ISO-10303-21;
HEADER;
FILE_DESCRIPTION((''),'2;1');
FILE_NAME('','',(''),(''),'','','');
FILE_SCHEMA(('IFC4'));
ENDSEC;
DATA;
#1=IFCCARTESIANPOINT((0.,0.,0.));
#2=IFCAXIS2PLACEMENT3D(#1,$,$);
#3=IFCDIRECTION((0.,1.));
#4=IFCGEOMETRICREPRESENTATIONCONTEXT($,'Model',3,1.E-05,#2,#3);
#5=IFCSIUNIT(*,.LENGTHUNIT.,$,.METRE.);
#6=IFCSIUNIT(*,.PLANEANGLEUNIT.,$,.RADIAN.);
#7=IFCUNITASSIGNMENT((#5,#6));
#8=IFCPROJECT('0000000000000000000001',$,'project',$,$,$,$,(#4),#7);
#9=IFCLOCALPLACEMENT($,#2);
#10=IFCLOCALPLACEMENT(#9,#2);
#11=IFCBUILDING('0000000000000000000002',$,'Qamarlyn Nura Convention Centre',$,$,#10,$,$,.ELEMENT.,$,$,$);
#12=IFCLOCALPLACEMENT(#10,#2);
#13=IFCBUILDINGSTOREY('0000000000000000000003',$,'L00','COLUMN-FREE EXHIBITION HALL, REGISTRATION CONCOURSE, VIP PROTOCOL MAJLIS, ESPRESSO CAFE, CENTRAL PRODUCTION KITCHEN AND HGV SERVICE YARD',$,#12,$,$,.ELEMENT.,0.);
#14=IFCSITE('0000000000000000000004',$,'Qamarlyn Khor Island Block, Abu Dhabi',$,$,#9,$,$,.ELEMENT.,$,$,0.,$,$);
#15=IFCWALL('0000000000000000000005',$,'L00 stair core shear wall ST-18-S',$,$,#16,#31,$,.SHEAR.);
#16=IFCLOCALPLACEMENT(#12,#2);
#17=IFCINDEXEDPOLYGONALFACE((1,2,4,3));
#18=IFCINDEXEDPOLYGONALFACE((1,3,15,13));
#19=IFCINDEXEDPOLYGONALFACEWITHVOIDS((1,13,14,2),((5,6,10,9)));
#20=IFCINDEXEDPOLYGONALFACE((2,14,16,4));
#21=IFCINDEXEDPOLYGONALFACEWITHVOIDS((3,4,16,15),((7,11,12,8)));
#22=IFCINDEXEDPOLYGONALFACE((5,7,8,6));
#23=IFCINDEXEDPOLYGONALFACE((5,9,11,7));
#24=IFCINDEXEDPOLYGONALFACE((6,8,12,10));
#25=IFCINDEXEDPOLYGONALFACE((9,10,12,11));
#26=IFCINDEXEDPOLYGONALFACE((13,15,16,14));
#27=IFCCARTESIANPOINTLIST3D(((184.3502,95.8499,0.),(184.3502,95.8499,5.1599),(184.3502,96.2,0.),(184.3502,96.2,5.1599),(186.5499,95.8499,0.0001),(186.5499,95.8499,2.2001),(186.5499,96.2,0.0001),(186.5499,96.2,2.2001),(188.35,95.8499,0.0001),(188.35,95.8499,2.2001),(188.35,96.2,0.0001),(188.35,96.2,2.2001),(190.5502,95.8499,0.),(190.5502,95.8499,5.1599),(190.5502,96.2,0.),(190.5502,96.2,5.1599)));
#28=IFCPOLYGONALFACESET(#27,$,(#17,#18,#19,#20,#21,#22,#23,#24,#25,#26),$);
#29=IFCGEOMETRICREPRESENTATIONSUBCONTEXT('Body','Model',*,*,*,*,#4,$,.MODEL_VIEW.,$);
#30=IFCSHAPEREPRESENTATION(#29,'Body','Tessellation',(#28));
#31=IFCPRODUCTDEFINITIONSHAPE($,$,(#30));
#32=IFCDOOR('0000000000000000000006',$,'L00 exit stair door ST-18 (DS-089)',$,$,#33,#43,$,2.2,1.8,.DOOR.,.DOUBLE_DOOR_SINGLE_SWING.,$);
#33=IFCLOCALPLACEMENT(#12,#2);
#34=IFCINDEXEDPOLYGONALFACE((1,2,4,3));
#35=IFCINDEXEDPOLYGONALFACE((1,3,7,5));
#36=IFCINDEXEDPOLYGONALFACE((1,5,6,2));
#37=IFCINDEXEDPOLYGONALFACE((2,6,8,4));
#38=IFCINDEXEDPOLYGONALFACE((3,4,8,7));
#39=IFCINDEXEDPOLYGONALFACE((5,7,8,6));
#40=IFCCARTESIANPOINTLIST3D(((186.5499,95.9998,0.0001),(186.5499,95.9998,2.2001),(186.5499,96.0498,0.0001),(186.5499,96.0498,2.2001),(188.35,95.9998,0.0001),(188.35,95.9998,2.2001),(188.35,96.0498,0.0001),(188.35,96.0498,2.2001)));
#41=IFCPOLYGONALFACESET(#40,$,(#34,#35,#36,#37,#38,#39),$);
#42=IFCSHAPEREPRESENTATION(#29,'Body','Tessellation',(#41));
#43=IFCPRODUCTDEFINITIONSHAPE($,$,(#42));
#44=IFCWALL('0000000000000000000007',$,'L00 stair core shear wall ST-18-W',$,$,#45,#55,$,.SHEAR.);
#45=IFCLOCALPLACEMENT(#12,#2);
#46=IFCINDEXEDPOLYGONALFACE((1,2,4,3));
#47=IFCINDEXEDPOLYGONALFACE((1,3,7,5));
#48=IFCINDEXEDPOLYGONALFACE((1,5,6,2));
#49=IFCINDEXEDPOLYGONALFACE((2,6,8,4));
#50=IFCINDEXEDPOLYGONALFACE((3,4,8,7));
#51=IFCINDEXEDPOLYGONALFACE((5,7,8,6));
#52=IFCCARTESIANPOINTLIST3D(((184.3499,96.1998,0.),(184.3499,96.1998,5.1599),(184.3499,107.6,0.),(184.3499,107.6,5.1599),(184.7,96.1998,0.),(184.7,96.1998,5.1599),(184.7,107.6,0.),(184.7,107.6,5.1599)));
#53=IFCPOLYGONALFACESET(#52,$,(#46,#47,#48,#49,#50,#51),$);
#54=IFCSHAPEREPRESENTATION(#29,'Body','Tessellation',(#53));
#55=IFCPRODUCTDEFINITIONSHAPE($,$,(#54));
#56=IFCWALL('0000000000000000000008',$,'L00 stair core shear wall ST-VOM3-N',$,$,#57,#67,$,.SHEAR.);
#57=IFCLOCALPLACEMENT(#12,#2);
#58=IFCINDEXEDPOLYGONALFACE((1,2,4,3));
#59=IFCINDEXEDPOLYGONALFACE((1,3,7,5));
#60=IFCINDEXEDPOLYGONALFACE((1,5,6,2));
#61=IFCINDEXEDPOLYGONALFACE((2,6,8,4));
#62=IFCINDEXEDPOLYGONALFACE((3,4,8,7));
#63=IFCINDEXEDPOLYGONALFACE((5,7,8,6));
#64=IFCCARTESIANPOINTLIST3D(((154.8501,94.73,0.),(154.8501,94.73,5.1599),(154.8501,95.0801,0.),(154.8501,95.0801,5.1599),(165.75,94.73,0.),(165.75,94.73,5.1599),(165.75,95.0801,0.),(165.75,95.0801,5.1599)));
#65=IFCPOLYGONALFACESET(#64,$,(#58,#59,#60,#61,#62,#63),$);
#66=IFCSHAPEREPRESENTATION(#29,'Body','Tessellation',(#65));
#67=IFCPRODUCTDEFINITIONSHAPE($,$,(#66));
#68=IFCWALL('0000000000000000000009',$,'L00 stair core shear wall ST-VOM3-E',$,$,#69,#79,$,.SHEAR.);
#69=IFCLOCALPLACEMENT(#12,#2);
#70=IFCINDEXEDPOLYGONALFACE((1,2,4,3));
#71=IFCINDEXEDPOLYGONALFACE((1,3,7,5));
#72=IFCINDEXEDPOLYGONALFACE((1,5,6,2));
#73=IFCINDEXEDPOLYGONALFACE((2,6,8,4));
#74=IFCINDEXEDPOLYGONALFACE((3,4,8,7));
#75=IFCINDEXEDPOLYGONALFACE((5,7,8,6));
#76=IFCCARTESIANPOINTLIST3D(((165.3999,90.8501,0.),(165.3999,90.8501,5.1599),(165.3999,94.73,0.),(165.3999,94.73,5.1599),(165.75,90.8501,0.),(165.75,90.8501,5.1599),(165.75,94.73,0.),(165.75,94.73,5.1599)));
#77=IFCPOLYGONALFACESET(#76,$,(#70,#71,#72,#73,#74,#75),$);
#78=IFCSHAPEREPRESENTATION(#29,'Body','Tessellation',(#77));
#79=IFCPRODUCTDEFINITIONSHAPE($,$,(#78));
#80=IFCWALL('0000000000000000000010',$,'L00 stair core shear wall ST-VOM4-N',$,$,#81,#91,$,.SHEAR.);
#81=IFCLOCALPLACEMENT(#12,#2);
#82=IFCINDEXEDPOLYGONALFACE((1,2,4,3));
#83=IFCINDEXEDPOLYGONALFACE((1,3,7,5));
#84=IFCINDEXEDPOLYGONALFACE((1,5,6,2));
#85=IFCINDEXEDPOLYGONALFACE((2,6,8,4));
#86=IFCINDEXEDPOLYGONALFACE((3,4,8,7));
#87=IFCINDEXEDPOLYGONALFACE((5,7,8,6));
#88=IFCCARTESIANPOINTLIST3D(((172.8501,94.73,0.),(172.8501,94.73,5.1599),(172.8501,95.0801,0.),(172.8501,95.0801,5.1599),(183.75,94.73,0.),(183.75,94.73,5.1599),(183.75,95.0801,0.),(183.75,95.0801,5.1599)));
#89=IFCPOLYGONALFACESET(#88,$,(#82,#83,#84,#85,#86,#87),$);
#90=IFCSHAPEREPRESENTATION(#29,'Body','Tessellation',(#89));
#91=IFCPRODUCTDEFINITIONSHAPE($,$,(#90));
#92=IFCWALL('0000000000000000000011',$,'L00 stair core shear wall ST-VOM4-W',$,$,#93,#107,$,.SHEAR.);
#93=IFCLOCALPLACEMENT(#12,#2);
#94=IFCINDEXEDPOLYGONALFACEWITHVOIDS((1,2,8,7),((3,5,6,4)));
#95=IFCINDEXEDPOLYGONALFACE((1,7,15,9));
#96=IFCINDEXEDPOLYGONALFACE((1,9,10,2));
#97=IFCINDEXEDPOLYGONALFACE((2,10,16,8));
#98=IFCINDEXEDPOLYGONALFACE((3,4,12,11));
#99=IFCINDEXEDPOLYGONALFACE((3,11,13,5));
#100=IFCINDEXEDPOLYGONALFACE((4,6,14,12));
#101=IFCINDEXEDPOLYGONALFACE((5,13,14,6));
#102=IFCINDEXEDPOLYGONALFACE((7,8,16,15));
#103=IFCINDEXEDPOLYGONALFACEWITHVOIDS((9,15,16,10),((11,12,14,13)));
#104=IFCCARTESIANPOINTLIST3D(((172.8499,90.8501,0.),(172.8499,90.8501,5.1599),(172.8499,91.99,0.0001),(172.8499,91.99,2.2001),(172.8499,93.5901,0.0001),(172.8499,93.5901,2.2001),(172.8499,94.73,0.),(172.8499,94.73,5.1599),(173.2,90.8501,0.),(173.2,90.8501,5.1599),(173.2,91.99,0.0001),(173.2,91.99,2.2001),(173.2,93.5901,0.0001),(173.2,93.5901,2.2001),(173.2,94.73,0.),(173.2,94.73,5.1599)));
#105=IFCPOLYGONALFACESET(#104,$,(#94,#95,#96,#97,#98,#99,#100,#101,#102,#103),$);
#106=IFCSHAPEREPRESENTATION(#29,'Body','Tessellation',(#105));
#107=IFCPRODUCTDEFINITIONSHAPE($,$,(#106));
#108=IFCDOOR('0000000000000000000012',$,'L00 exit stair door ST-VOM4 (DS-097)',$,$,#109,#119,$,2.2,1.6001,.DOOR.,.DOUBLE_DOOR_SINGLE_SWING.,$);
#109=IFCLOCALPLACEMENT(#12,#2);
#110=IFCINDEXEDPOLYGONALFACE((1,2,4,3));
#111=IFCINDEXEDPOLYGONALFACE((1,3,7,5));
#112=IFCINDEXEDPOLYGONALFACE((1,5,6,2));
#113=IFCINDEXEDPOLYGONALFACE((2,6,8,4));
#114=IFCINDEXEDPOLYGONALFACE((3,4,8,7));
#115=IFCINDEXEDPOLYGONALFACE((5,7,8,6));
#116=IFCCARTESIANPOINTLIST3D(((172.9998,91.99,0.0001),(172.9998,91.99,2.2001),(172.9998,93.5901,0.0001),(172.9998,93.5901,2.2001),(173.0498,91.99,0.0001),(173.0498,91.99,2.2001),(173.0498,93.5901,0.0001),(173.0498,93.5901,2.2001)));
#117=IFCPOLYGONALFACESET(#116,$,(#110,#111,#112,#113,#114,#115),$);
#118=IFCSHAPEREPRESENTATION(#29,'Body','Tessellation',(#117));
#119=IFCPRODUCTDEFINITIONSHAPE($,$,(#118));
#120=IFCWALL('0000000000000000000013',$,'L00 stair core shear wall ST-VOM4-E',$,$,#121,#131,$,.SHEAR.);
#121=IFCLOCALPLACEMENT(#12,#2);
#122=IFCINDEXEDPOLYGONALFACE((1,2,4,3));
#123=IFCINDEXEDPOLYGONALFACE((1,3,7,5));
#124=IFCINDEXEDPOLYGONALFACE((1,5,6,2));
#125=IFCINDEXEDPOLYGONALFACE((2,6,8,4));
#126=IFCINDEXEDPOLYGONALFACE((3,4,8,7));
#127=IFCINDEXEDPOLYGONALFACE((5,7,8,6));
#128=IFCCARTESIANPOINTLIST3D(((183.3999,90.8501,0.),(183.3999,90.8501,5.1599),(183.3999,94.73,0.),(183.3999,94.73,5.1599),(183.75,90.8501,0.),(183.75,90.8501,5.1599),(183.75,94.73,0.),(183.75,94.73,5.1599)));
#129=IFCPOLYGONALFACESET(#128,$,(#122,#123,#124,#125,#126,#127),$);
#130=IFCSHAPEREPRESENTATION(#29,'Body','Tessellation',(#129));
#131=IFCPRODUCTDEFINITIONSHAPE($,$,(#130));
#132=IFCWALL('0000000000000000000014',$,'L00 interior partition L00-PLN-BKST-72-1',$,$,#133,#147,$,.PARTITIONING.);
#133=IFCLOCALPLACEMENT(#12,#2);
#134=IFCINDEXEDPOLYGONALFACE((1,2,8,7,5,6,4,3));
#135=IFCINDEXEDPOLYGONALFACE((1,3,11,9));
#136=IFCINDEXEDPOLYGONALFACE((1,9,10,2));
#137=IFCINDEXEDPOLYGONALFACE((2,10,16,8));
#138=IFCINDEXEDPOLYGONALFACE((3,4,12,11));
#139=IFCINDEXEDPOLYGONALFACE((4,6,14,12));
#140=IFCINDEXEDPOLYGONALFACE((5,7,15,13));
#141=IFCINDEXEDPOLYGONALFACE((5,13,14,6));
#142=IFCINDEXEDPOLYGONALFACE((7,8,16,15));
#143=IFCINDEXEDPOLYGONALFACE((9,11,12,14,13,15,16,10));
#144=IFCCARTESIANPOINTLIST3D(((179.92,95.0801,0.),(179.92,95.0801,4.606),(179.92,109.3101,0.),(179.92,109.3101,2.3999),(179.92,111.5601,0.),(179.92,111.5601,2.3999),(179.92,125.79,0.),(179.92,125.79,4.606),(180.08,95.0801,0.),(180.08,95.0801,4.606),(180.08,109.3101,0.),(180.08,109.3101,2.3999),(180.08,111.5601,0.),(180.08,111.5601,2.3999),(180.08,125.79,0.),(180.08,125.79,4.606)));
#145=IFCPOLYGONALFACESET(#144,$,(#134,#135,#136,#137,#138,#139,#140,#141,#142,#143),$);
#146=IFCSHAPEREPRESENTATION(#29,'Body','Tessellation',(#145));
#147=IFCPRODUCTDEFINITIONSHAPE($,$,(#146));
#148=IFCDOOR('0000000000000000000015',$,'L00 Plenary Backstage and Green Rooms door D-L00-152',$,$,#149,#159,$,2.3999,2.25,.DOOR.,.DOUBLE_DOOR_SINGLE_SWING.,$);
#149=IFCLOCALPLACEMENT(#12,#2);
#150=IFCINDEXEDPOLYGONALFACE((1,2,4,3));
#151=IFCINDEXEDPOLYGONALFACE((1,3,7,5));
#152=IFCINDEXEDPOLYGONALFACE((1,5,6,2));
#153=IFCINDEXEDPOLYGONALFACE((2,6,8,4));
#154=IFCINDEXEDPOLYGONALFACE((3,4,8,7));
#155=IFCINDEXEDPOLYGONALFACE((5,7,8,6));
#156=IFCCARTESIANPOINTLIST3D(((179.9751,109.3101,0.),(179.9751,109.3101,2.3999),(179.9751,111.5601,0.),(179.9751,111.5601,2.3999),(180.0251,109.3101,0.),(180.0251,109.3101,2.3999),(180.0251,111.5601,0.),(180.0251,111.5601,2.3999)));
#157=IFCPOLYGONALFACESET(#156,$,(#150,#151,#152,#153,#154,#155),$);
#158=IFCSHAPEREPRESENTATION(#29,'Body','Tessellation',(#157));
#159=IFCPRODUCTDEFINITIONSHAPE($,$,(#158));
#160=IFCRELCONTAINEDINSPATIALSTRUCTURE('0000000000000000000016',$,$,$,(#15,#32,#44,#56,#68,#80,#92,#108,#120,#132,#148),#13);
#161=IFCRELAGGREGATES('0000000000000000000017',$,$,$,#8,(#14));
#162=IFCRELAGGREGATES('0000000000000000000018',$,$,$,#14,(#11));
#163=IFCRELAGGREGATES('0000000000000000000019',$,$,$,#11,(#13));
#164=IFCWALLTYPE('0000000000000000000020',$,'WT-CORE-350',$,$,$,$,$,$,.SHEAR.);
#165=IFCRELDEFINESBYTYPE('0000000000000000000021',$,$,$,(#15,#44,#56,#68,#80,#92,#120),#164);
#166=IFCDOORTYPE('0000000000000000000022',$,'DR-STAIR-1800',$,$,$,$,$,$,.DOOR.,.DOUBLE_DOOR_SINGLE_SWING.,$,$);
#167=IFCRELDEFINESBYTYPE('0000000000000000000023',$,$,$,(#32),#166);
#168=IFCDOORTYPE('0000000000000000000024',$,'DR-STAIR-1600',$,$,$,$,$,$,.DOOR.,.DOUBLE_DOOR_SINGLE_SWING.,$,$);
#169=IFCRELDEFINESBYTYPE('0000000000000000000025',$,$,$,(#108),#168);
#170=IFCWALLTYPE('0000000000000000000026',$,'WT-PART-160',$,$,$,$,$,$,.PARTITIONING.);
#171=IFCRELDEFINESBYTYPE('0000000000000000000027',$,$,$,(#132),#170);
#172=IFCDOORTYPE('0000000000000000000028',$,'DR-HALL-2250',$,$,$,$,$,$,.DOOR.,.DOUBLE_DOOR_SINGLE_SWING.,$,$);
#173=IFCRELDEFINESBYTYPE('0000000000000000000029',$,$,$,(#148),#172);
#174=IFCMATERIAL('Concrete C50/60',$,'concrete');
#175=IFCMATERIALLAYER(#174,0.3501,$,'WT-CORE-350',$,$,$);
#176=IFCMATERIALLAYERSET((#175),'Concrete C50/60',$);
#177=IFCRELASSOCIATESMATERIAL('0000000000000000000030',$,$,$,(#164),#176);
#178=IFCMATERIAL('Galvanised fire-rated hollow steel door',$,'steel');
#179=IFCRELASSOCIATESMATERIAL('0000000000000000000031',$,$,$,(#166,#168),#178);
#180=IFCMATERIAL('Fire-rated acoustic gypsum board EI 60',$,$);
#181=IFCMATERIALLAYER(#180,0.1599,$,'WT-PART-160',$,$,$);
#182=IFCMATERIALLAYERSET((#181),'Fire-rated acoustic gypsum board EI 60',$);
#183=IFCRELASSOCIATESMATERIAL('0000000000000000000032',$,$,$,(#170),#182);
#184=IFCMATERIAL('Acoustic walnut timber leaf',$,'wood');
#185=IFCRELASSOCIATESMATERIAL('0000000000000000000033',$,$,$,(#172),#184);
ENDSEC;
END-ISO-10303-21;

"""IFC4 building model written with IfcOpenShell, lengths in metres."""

from ifc_helpers import new_model, si_unit, direction, frame, frame_2d, origin, place, context, subcontext, project, spatial, rectangle, extrude, material, layer, layer_set, type_object, element, fill, save


model = new_model("IFC4")

# Units and contexts
model_context = context("Model", 3, precision=1e-05, world=origin(), true_north=direction((0.0, 1.0)))
body_context = subcontext(model_context, "Body", "Model", "MODEL_VIEW")
ifc_project = project(units=[si_unit("LENGTHUNIT", "METRE"), si_unit("PLANEANGLEUNIT", "RADIAN")], contexts=[model_context])

# Site, building, storey
site_placement = place(None, origin())
site = spatial("IfcSite", under=ifc_project, at=site_placement, Name="Qamarlyn Khor Island Block, Abu Dhabi", CompositionType="ELEMENT", RefElevation=0.0)
building_placement = place(site_placement, origin())
building = spatial("IfcBuilding", under=site, at=building_placement, Name="Qamarlyn Nura Convention Centre", CompositionType="ELEMENT")
storey_placement = place(building_placement, origin())
storey = spatial("IfcBuildingStorey", under=building, at=storey_placement, Name="L00", Description="COLUMN-FREE EXHIBITION HALL, REGISTRATION CONCOURSE, VIP PROTOCOL MAJLIS, ESPRESSO CAFE, CENTRAL PRODUCTION KITCHEN AND HGV SERVICE YARD", CompositionType="ELEMENT", Elevation=0.0)

# Wall, opening, door
ifc_material_1 = material(Name="Concrete C50/60", Category="concrete")
ifc_layer_1 = layer(ifc_material_1, 0.3501, Name="WT-CORE-350")
ifc_layer_set_1 = layer_set([ifc_layer_1], Name="Concrete C50/60")
wall_type_1 = type_object("IfcWallType", Name="WT-CORE-350", PredefinedType="SHEAR", material=ifc_layer_set_1)
wall_1_placement = place(storey_placement, frame((184.3501, 96.0249, 0.0), z_axis=(0.0, 0.0, 1.0), x_axis=(1.0, 0.0, 0.0)))
wall_1 = element("IfcWall", 1, at=wall_1_placement, inside=storey, type_object=wall_type_1, Name="L00 stair core shear wall ST-18-S", PredefinedType="SHEAR", context=body_context, shape_type="SweptSolid", body=[
    extrude(rectangle(XDim=6.2, YDim=0.3501, at=frame_2d((3.1001, 0.0))), origin(), (0.0, 0.0, 1.0), 5.1599),
])
opening_1_placement = place(wall_1_placement, frame((2.2, 0.0, 0.0)))
opening_1 = element("IfcOpeningElement", 2, at=opening_1_placement, cuts=wall_1, PredefinedType="OPENING", context=body_context, shape_type="SweptSolid", body=[
    extrude(rectangle(XDim=1.8, YDim=2.2, at=frame_2d((0.8999, 1.1001))), frame((0.0, 0.1851, 0.0), z_axis=(0.0, -1.0, 0.0), x_axis=(1.0, 0.0, 0.0)), (0.0, 0.0, 1.0), 0.3701),
])
ifc_material_2 = material(Name="Galvanised fire-rated hollow steel door", Category="steel")
door_type_1 = type_object("IfcDoorType", Name="DR-STAIR-1800", OperationType="DOUBLE_DOOR_SINGLE_SWING", PredefinedType="DOOR", material=ifc_material_2)
door_1_placement = place(opening_1_placement, origin())
door_1 = element("IfcDoor", 3, at=door_1_placement, inside=storey, type_object=door_type_1, Name="L00 exit stair door ST-18 (DS-089)", OperationType="DOUBLE_DOOR_SINGLE_SWING", OverallHeight=2.2, OverallWidth=1.8, PredefinedType="DOOR", context=body_context, shape_type="SweptSolid", body=[
    extrude(rectangle(XDim=1.8, YDim=2.2, at=frame_2d((0.8999, 1.1001))), frame((0.0, 0.0249, 0.0), z_axis=(0.0, -1.0, 0.0), x_axis=(1.0, 0.0, 0.0)), (0.0, 0.0, 1.0), 0.05),
])
fill(opening_1, door_1)

# Walls
wall_2_placement = place(storey_placement, frame((184.5249, 107.6001, 0.0), z_axis=(0.0, 0.0, 1.0), x_axis=(0.0, -1.0, 0.0)))
element("IfcWall", 4, at=wall_2_placement, inside=storey, type_object=wall_type_1, Name="L00 stair core shear wall ST-18-W", PredefinedType="SHEAR", context=body_context, shape_type="SweptSolid", body=[
    extrude(rectangle(XDim=11.4001, YDim=0.3501, at=frame_2d((5.7002, 0.0))), origin(), (0.0, 0.0, 1.0), 5.1599),
])
wall_3_placement = place(storey_placement, frame((165.75, 94.905, 0.0), z_axis=(0.0, 0.0, 1.0), x_axis=(-1.0, 0.0, 0.0)))
element("IfcWall", 5, at=wall_3_placement, inside=storey, type_object=wall_type_1, Name="L00 stair core shear wall ST-VOM3-N", PredefinedType="SHEAR", context=body_context, shape_type="SweptSolid", body=[
    extrude(rectangle(XDim=10.8999, YDim=0.3501, at=frame_2d((5.45, 0.0))), origin(), (0.0, 0.0, 1.0), 5.1599),
])
wall_4_placement = place(storey_placement, frame((165.575, 90.8501, 0.0), z_axis=(0.0, 0.0, 1.0), x_axis=(0.0, 1.0, 0.0)))
element("IfcWall", 6, at=wall_4_placement, inside=storey, type_object=wall_type_1, Name="L00 stair core shear wall ST-VOM3-E", PredefinedType="SHEAR", context=body_context, shape_type="SweptSolid", body=[
    extrude(rectangle(XDim=3.8799, YDim=0.3501, at=frame_2d((1.9399, 0.0))), origin(), (0.0, 0.0, 1.0), 5.1599),
])
wall_5_placement = place(storey_placement, frame((183.75, 94.905, 0.0), z_axis=(0.0, 0.0, 1.0), x_axis=(-1.0, 0.0, 0.0)))
element("IfcWall", 7, at=wall_5_placement, inside=storey, type_object=wall_type_1, Name="L00 stair core shear wall ST-VOM4-N", PredefinedType="SHEAR", context=body_context, shape_type="SweptSolid", body=[
    extrude(rectangle(XDim=10.8999, YDim=0.3501, at=frame_2d((5.45, 0.0))), origin(), (0.0, 0.0, 1.0), 5.1599),
])

# Wall, opening, door
wall_6_placement = place(storey_placement, frame((173.0249, 94.73, 0.0), z_axis=(0.0, 0.0, 1.0), x_axis=(0.0, -1.0, 0.0)))
wall_6 = element("IfcWall", 8, at=wall_6_placement, inside=storey, type_object=wall_type_1, Name="L00 stair core shear wall ST-VOM4-W", PredefinedType="SHEAR", context=body_context, shape_type="SweptSolid", body=[
    extrude(rectangle(XDim=3.8799, YDim=0.3501, at=frame_2d((1.9399, 0.0))), origin(), (0.0, 0.0, 1.0), 5.1599),
])
opening_2_placement = place(wall_6_placement, frame((1.1399, 0.0, 0.0)))
opening_2 = element("IfcOpeningElement", 9, at=opening_2_placement, cuts=wall_6, PredefinedType="OPENING", context=body_context, shape_type="SweptSolid", body=[
    extrude(rectangle(XDim=1.6001, YDim=2.2, at=frame_2d((0.8, 1.1001))), frame((0.0, 0.1851, 0.0), z_axis=(0.0, -1.0, 0.0), x_axis=(1.0, 0.0, 0.0)), (0.0, 0.0, 1.0), 0.3701),
])
door_type_2 = type_object("IfcDoorType", Name="DR-STAIR-1600", OperationType="DOUBLE_DOOR_SINGLE_SWING", PredefinedType="DOOR", material=ifc_material_2)
door_2_placement = place(opening_2_placement, origin())
door_2 = element("IfcDoor", 10, at=door_2_placement, inside=storey, type_object=door_type_2, Name="L00 exit stair door ST-VOM4 (DS-097)", OperationType="DOUBLE_DOOR_SINGLE_SWING", OverallHeight=2.2, OverallWidth=1.6001, PredefinedType="DOOR", context=body_context, shape_type="SweptSolid", body=[
    extrude(rectangle(XDim=1.6001, YDim=2.2, at=frame_2d((0.8, 1.1001))), frame((0.0, 0.0249, 0.0), z_axis=(0.0, -1.0, 0.0), x_axis=(1.0, 0.0, 0.0)), (0.0, 0.0, 1.0), 0.05),
])
fill(opening_2, door_2)

# Wall
wall_7_placement = place(storey_placement, frame((183.575, 90.8501, 0.0), z_axis=(0.0, 0.0, 1.0), x_axis=(0.0, 1.0, 0.0)))
element("IfcWall", 11, at=wall_7_placement, inside=storey, type_object=wall_type_1, Name="L00 stair core shear wall ST-VOM4-E", PredefinedType="SHEAR", context=body_context, shape_type="SweptSolid", body=[
    extrude(rectangle(XDim=3.8799, YDim=0.3501, at=frame_2d((1.9399, 0.0))), origin(), (0.0, 0.0, 1.0), 5.1599),
])

# Wall, opening, door
ifc_material_3 = material(Name="Fire-rated acoustic gypsum board EI 60")
ifc_layer_2 = layer(ifc_material_3, 0.1599, Name="WT-PART-160")
ifc_layer_set_2 = layer_set([ifc_layer_2], Name="Fire-rated acoustic gypsum board EI 60")
wall_type_2 = type_object("IfcWallType", Name="WT-PART-160", PredefinedType="PARTITIONING", material=ifc_layer_set_2)
wall_8_placement = place(storey_placement, frame((180.0, 95.0801, 0.0), z_axis=(0.0, 0.0, 1.0), x_axis=(0.0, 1.0, 0.0)))
wall_8 = element("IfcWall", 12, at=wall_8_placement, inside=storey, type_object=wall_type_2, Name="L00 interior partition L00-PLN-BKST-72-1", PredefinedType="PARTITIONING", context=body_context, shape_type="SweptSolid", body=[
    extrude(rectangle(XDim=30.71, YDim=0.1599, at=frame_2d((15.355, 0.0))), origin(), (0.0, 0.0, 1.0), 4.606),
])
opening_3_placement = place(wall_8_placement, frame((14.23, 0.0, 0.0)))
opening_3 = element("IfcOpeningElement", 13, at=opening_3_placement, cuts=wall_8, PredefinedType="OPENING", context=body_context, shape_type="SweptSolid", body=[
    extrude(rectangle(XDim=2.25, YDim=2.3999, at=frame_2d((1.125, 1.2))), frame((0.0, 0.0898, 0.0), z_axis=(0.0, -1.0, 0.0), x_axis=(1.0, 0.0, 0.0)), (0.0, 0.0, 1.0), 0.1799),
])
ifc_material_4 = material(Name="Acoustic walnut timber leaf", Category="wood")
door_type_3 = type_object("IfcDoorType", Name="DR-HALL-2250", OperationType="DOUBLE_DOOR_SINGLE_SWING", PredefinedType="DOOR", material=ifc_material_4)
door_3_placement = place(opening_3_placement, origin())
door_3 = element("IfcDoor", 14, at=door_3_placement, inside=storey, type_object=door_type_3, Name="L00 Plenary Backstage and Green Rooms door D-L00-152", OperationType="DOUBLE_DOOR_SINGLE_SWING", OverallHeight=2.3999, OverallWidth=2.25, PredefinedType="DOOR", context=body_context, shape_type="SweptSolid", body=[
    extrude(rectangle(XDim=2.25, YDim=2.3999, at=frame_2d((1.125, 1.2))), frame((0.0, 0.0249, 0.0), z_axis=(0.0, -1.0, 0.0), x_axis=(1.0, 0.0, 0.0)), (0.0, 0.0, 1.0), 0.05),
])
fill(opening_3, door_3)

save(model, "model.ifc")
